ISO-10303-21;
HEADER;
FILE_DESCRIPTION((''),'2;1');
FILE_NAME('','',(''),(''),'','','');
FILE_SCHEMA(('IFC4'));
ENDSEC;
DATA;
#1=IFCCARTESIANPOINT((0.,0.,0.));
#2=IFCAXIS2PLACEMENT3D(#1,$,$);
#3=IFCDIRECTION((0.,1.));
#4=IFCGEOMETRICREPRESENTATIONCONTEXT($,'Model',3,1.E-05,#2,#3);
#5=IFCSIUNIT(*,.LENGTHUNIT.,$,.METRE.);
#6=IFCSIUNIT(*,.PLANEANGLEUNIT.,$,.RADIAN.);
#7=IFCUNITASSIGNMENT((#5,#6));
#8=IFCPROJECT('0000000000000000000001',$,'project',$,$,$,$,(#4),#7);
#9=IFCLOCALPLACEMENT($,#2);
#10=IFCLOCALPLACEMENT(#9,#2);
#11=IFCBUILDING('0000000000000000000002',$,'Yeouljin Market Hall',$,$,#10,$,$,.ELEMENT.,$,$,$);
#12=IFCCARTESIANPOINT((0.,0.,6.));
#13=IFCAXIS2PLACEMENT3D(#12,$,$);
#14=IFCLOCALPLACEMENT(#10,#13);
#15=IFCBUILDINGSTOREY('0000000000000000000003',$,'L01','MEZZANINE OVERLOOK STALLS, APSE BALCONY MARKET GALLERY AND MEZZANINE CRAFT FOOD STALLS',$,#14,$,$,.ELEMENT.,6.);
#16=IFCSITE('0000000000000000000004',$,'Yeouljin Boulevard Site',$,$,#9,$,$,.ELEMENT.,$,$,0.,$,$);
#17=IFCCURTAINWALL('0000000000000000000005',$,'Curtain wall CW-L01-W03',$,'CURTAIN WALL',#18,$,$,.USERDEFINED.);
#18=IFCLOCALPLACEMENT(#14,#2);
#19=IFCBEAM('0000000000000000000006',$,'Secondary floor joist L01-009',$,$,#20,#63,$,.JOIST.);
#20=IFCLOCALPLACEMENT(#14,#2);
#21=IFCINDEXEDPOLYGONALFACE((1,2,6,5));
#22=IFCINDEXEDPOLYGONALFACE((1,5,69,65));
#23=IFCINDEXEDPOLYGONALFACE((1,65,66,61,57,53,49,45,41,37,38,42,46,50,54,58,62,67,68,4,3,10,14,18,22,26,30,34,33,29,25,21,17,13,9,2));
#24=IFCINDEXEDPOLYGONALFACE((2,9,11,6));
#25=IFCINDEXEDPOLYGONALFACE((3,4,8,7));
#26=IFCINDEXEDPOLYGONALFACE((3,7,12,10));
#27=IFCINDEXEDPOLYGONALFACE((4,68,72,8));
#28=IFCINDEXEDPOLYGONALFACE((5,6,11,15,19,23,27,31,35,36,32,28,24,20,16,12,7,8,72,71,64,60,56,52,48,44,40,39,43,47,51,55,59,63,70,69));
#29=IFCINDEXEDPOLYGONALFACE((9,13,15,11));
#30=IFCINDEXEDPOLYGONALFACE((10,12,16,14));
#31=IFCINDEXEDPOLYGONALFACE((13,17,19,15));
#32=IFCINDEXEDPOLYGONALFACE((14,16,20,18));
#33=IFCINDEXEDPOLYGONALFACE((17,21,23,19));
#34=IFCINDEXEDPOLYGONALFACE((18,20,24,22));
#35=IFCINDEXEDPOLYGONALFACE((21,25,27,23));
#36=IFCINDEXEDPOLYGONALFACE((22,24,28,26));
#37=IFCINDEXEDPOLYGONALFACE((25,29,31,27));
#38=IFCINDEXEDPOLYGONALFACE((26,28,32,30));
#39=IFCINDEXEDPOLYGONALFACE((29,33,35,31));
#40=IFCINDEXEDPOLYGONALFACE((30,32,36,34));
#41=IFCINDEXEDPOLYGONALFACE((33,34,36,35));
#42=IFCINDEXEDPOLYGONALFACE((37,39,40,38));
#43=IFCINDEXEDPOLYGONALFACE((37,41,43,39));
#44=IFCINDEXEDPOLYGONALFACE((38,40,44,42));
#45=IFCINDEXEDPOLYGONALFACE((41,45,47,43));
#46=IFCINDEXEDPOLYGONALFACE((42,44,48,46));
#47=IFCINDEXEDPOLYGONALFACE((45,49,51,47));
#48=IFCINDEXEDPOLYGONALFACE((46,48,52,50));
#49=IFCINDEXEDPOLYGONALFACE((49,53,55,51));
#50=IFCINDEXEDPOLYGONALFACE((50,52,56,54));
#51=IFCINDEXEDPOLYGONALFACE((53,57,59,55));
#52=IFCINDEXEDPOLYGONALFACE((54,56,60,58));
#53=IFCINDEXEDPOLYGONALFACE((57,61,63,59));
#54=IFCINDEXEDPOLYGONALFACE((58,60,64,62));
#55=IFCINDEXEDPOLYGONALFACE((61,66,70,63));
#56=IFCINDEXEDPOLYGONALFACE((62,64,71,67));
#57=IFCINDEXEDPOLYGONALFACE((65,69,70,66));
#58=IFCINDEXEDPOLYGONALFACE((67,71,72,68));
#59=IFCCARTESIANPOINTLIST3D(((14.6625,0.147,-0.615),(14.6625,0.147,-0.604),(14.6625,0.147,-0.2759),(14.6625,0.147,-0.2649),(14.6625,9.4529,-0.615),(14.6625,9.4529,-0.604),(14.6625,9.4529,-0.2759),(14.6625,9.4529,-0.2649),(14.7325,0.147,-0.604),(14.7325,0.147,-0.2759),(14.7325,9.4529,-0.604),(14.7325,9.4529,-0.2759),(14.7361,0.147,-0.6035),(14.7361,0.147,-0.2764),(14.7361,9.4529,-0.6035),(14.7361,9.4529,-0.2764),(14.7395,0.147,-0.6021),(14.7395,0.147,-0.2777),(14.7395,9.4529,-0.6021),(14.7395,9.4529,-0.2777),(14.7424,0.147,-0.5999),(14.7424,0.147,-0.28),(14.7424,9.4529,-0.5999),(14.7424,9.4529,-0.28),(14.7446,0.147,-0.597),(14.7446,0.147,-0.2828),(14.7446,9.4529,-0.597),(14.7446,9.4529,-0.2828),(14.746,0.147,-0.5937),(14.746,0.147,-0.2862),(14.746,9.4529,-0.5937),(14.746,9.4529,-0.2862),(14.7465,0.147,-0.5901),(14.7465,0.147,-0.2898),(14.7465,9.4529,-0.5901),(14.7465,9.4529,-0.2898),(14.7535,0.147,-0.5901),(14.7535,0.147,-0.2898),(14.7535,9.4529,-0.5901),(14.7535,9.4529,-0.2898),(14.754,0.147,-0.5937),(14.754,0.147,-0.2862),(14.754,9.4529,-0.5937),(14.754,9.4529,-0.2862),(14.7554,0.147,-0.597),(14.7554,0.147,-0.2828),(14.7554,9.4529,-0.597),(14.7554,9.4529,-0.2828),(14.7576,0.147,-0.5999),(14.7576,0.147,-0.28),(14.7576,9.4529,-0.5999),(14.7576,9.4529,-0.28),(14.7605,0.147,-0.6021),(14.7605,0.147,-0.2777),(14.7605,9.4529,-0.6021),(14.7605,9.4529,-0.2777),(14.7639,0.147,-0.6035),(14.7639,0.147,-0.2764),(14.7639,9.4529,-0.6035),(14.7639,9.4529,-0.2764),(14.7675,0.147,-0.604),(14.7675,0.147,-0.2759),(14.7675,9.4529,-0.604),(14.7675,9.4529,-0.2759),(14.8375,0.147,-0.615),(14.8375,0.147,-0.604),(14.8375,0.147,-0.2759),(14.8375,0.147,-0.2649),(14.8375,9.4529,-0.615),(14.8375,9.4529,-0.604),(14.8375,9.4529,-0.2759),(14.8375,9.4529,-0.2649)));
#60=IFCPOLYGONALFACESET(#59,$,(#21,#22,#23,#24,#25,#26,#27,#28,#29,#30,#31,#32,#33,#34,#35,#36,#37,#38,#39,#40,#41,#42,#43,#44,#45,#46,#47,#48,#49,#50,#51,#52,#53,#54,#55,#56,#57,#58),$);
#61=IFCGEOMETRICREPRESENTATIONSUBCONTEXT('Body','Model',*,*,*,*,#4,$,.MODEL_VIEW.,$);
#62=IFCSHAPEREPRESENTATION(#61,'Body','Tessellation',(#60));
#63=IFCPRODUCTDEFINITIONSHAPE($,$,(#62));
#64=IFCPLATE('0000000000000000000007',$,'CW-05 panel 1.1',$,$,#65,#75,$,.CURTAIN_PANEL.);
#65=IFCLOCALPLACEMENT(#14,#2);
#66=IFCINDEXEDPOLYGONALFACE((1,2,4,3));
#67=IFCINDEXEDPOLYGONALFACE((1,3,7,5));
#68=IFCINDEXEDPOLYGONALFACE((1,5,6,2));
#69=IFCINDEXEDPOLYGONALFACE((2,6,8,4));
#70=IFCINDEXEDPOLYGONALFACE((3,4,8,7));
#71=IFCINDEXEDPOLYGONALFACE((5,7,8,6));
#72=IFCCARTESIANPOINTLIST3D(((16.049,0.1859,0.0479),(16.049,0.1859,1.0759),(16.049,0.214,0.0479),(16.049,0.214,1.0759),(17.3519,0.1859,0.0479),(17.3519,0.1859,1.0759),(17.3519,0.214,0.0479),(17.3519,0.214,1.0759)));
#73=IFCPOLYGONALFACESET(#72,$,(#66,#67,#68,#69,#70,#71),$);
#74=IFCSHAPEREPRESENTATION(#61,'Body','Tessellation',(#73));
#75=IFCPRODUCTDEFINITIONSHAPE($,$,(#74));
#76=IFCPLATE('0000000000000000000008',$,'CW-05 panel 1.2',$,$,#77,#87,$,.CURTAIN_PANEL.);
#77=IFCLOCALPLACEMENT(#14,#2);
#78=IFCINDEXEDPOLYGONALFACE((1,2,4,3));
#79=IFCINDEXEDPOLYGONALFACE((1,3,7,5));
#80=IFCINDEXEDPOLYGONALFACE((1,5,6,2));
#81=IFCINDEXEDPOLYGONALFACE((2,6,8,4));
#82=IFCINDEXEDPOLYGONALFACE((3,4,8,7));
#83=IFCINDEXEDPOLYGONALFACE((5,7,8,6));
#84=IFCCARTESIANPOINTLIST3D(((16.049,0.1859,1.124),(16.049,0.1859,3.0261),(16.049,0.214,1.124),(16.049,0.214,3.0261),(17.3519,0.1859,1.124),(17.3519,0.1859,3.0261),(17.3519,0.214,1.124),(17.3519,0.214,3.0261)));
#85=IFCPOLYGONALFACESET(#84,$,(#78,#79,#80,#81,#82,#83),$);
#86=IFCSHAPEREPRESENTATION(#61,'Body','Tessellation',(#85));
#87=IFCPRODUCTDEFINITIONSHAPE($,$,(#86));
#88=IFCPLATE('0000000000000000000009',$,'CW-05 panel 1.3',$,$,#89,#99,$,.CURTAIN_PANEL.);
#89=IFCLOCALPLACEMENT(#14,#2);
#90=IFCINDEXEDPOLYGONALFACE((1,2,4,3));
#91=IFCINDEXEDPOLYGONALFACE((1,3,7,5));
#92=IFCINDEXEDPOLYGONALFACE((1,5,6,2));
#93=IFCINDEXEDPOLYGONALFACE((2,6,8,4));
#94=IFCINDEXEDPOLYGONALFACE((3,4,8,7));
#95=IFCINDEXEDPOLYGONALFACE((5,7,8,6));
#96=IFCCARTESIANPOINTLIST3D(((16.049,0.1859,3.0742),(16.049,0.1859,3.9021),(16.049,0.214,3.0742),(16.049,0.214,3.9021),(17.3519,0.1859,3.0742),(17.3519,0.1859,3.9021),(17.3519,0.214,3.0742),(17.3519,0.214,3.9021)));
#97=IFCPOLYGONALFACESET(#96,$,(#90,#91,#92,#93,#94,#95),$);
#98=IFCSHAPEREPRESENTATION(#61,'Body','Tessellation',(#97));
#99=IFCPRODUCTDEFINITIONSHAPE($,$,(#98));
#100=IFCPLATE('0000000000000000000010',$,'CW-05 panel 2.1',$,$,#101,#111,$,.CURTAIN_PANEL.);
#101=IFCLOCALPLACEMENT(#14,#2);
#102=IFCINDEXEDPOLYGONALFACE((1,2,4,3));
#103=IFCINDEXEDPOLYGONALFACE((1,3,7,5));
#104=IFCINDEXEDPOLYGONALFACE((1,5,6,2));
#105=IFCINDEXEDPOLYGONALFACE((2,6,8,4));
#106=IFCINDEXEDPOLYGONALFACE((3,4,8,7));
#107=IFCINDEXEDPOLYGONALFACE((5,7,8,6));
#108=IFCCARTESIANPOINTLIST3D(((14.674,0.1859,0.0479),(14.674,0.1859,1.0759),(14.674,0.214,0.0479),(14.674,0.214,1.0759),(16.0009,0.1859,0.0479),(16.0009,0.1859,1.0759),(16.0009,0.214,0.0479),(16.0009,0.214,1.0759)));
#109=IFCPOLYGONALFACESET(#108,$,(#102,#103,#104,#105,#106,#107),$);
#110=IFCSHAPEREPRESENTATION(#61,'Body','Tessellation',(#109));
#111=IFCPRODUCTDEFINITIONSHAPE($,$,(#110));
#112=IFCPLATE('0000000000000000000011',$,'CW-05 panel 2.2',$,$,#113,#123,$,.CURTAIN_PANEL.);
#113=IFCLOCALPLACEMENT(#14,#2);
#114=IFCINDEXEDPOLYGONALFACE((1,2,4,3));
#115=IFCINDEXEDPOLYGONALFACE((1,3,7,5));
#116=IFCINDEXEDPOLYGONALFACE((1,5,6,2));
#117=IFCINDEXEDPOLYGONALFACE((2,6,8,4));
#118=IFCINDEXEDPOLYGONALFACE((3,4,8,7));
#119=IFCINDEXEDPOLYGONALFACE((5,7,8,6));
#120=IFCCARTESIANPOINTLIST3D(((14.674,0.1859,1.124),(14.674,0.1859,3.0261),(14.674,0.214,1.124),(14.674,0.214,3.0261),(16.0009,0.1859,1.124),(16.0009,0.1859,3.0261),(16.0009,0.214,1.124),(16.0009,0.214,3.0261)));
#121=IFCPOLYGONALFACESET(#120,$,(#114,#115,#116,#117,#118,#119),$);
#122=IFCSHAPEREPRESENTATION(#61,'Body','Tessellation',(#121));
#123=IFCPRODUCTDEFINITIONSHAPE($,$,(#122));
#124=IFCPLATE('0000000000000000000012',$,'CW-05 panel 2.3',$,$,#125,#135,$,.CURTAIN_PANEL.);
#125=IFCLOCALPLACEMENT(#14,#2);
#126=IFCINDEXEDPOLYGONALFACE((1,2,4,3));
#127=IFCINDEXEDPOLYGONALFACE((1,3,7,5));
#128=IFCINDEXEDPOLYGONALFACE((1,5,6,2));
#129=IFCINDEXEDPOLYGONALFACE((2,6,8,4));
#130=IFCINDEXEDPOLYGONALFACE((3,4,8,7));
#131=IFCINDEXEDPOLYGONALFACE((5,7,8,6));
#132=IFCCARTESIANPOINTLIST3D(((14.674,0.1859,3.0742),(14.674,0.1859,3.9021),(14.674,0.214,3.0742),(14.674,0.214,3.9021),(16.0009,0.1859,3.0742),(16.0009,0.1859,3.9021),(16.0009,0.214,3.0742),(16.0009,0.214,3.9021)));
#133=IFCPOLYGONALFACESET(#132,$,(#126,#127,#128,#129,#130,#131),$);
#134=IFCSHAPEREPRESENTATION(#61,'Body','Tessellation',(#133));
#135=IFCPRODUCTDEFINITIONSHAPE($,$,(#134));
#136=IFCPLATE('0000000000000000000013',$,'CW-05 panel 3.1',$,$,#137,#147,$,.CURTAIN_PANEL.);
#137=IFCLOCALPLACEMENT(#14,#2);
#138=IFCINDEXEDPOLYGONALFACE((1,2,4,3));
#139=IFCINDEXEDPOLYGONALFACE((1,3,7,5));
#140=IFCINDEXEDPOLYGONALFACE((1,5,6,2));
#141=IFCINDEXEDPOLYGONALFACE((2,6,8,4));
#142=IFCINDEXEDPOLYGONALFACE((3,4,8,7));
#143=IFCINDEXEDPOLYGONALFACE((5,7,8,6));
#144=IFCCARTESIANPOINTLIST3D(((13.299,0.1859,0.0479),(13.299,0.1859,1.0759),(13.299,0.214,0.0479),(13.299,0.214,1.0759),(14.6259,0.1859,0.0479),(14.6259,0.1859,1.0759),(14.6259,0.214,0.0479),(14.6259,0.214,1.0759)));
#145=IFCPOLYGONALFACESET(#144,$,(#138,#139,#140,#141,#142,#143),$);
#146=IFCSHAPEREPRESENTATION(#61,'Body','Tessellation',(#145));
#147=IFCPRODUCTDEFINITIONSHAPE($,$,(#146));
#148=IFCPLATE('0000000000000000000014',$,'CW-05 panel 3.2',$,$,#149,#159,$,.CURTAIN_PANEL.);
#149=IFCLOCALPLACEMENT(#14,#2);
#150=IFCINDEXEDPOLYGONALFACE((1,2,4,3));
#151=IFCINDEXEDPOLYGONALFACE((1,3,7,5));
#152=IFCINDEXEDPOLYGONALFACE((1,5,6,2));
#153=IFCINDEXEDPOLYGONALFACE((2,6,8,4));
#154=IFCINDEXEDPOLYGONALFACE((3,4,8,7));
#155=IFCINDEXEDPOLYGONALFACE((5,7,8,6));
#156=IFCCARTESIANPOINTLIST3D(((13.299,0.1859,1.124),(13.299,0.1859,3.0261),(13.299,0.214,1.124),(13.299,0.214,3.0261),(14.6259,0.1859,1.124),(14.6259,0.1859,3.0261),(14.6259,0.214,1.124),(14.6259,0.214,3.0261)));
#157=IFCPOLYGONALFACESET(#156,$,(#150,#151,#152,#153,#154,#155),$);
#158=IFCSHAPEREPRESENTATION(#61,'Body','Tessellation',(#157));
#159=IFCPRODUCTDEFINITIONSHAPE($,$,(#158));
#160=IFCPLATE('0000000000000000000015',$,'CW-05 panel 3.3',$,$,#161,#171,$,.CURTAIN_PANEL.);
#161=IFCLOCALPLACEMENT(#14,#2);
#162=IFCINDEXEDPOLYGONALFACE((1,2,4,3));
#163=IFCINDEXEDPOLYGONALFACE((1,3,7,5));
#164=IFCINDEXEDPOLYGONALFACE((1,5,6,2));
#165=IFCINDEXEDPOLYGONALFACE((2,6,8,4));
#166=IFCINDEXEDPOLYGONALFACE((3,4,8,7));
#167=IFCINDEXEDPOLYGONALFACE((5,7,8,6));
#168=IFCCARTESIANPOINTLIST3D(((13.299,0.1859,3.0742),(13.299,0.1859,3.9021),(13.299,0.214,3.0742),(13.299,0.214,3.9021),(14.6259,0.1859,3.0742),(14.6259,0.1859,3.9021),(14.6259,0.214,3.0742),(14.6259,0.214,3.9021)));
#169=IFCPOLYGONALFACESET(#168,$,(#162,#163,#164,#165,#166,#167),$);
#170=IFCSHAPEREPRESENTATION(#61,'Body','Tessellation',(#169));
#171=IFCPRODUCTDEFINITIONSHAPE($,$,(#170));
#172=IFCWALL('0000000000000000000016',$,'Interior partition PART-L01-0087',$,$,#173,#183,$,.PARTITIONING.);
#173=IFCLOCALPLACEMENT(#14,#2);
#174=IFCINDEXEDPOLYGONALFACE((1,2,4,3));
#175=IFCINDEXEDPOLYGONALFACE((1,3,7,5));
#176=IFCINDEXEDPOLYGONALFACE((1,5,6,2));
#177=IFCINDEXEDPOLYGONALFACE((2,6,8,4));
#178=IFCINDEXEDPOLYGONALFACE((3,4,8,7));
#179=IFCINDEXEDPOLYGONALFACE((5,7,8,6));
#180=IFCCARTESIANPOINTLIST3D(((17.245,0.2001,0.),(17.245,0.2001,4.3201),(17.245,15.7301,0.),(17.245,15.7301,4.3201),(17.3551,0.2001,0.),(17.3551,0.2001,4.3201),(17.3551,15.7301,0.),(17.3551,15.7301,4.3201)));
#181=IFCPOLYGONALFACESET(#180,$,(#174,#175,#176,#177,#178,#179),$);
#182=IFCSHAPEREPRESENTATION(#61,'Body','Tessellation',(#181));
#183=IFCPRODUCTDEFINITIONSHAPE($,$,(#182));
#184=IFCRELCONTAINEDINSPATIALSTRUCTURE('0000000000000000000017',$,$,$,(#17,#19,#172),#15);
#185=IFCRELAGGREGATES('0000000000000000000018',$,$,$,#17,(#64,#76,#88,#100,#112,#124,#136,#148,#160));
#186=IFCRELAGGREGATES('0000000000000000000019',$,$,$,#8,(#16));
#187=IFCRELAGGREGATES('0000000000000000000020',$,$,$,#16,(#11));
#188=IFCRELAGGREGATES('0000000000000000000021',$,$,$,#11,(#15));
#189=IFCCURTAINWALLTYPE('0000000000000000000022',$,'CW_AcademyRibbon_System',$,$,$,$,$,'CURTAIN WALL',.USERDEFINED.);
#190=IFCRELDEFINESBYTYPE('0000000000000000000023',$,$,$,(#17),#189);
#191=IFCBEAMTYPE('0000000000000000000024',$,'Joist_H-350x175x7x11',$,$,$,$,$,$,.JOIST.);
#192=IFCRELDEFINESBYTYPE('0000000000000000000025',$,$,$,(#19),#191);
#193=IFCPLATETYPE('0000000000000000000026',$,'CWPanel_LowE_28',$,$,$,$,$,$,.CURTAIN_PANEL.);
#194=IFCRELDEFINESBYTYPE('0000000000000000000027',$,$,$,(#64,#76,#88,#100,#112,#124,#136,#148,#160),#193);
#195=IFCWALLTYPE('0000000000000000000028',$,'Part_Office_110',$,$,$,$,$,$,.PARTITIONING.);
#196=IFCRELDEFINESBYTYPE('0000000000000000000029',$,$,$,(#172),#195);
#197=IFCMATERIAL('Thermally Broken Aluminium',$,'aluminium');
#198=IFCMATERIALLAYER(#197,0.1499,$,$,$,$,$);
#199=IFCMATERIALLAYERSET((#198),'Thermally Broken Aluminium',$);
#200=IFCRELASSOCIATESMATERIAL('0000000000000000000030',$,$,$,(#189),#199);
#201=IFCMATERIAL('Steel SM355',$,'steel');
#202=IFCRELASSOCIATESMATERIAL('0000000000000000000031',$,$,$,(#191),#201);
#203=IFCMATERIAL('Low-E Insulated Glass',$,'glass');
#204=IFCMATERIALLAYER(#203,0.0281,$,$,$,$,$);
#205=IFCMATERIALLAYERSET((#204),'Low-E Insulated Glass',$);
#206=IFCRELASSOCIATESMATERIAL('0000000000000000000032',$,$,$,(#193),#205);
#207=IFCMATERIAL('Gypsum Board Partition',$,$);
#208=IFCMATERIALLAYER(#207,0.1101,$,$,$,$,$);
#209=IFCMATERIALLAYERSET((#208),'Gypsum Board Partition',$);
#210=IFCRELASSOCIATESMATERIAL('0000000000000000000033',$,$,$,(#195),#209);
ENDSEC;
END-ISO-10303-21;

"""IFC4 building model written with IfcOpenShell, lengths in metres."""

from ifc_helpers import new_model, si_unit, direction, frame, frame_2d, origin, origin_2d, place, context, subcontext, project, spatial, rectangle, i_section, extrude, material, layer, layer_set, material_profile, profile_set, type_object, element, aggregate, save


model = new_model("IFC4")

# Units and contexts
model_context = context("Model", 3, precision=1e-05, world=origin(), true_north=direction((0.0, 1.0)))
body_context = subcontext(model_context, "Body", "Model", "MODEL_VIEW")
ifc_project = project(units=[si_unit("LENGTHUNIT", "METRE"), si_unit("PLANEANGLEUNIT", "RADIAN")], contexts=[model_context])

# Site, building, storey
site_placement = place(None, origin())
site = spatial("IfcSite", under=ifc_project, at=site_placement, Name="Yeouljin Boulevard Site", CompositionType="ELEMENT", RefElevation=0.0)
building_placement = place(site_placement, origin())
building = spatial("IfcBuilding", under=site, at=building_placement, Name="Yeouljin Market Hall", CompositionType="ELEMENT")
storey_placement = place(building_placement, frame((0.0, 0.0, 6.0)))
storey = spatial("IfcBuildingStorey", under=building, at=storey_placement, Name="L01", Description="MEZZANINE OVERLOOK STALLS, APSE BALCONY MARKET GALLERY AND MEZZANINE CRAFT FOOD STALLS", CompositionType="ELEMENT", Elevation=6.0)

# Curtain wall
ifc_material_1 = material(Name="Thermally Broken Aluminium", Category="aluminium")
ifc_layer_1 = layer(ifc_material_1, 0.1499)
ifc_layer_set_1 = layer_set([ifc_layer_1], Name="Thermally Broken Aluminium")
curtain_wall_type = type_object("IfcCurtainWallType", Name="CW_AcademyRibbon_System", ElementType="CURTAIN WALL", PredefinedType="USERDEFINED", material=ifc_layer_set_1)
curtain_wall_placement = place(storey_placement, origin())
curtain_wall = element("IfcCurtainWall", 1, at=curtain_wall_placement, inside=storey, type_object=curtain_wall_type, Name="Curtain wall CW-L01-W03", ObjectType="CURTAIN WALL", PredefinedType="USERDEFINED")

# Beam
ifc_material_2 = material(Name="Steel SM355", Category="steel")
ifc_material_profile_1 = material_profile(ifc_material_2, i_section(OverallWidth=0.175, OverallDepth=0.3501, WebThickness=0.0071, FlangeThickness=0.011, FilletRadius=0.0139, at=origin_2d()), Name="H-350x175x7x11")
ifc_profile_set_1 = profile_set([ifc_material_profile_1], Name="Steel SM355")
beam_type = type_object("IfcBeamType", Name="Joist_H-350x175x7x11", PredefinedType="JOIST", material=ifc_profile_set_1)
beam_placement = place(storey_placement, frame((14.75, 0.147, -0.4399), z_axis=(0.0, 1.0, 0.0), x_axis=(-1.0, 0.0, 0.0)))
element("IfcBeam", 2, at=beam_placement, inside=storey, type_object=beam_type, Name="Secondary floor joist L01-009", PredefinedType="JOIST", context=body_context, shape_type="SweptSolid", body=[
    extrude(i_section(OverallWidth=0.175, OverallDepth=0.3501, WebThickness=0.0071, FlangeThickness=0.011, FilletRadius=0.0139, at=origin_2d()), origin(), (0.0, 0.0, 1.0), 9.3059),
])

# Plates
ifc_material_3 = material(Name="Low-E Insulated Glass", Category="glass")
ifc_layer_2 = layer(ifc_material_3, 0.0281)
ifc_layer_set_2 = layer_set([ifc_layer_2], Name="Low-E Insulated Glass")
plate_type = type_object("IfcPlateType", Name="CWPanel_LowE_28", PredefinedType="CURTAIN_PANEL", material=ifc_layer_set_2)
plate_1_placement = place(storey_placement, frame((16.7004, 0.2, 0.0479), z_axis=(0.0, 0.0, 1.0), x_axis=(-1.0, 0.0, 0.0)))
plate_1 = element("IfcPlate", 3, at=plate_1_placement, type_object=plate_type, Name="CW-05 panel 1.1", PredefinedType="CURTAIN_PANEL", context=body_context, shape_type="SweptSolid", body=[
    extrude(rectangle(XDim=1.303, YDim=0.0281, at=origin_2d()), origin(), (0.0, 0.0, 1.0), 1.0281),
])
plate_2_placement = place(storey_placement, frame((16.7004, 0.2, 1.124), z_axis=(0.0, 0.0, 1.0), x_axis=(-1.0, 0.0, 0.0)))
plate_2 = element("IfcPlate", 4, at=plate_2_placement, type_object=plate_type, Name="CW-05 panel 1.2", PredefinedType="CURTAIN_PANEL", context=body_context, shape_type="SweptSolid", body=[
    extrude(rectangle(XDim=1.303, YDim=0.0281, at=origin_2d()), origin(), (0.0, 0.0, 1.0), 1.9021),
])
plate_3_placement = place(storey_placement, frame((16.7004, 0.2, 3.0742), z_axis=(0.0, 0.0, 1.0), x_axis=(-1.0, 0.0, 0.0)))
plate_3 = element("IfcPlate", 5, at=plate_3_placement, type_object=plate_type, Name="CW-05 panel 1.3", PredefinedType="CURTAIN_PANEL", context=body_context, shape_type="SweptSolid", body=[
    extrude(rectangle(XDim=1.303, YDim=0.0281, at=origin_2d()), origin(), (0.0, 0.0, 1.0), 0.8279),
])
plate_4_placement = place(storey_placement, frame((15.3374, 0.2, 0.0479), z_axis=(0.0, 0.0, 1.0), x_axis=(-1.0, 0.0, 0.0)))
plate_4 = element("IfcPlate", 6, at=plate_4_placement, type_object=plate_type, Name="CW-05 panel 2.1", PredefinedType="CURTAIN_PANEL", context=body_context, shape_type="SweptSolid", body=[
    extrude(rectangle(XDim=1.3269, YDim=0.0281, at=origin_2d()), origin(), (0.0, 0.0, 1.0), 1.0281),
])
plate_5_placement = place(storey_placement, frame((15.3374, 0.2, 1.124), z_axis=(0.0, 0.0, 1.0), x_axis=(-1.0, 0.0, 0.0)))
plate_5 = element("IfcPlate", 7, at=plate_5_placement, type_object=plate_type, Name="CW-05 panel 2.2", PredefinedType="CURTAIN_PANEL", context=body_context, shape_type="SweptSolid", body=[
    extrude(rectangle(XDim=1.3269, YDim=0.0281, at=origin_2d()), origin(), (0.0, 0.0, 1.0), 1.9021),
])
plate_6_placement = place(storey_placement, frame((15.3374, 0.2, 3.0742), z_axis=(0.0, 0.0, 1.0), x_axis=(-1.0, 0.0, 0.0)))
plate_6 = element("IfcPlate", 8, at=plate_6_placement, type_object=plate_type, Name="CW-05 panel 2.3", PredefinedType="CURTAIN_PANEL", context=body_context, shape_type="SweptSolid", body=[
    extrude(rectangle(XDim=1.3269, YDim=0.0281, at=origin_2d()), origin(), (0.0, 0.0, 1.0), 0.8279),
])
plate_7_placement = place(storey_placement, frame((13.9624, 0.2, 0.0479), z_axis=(0.0, 0.0, 1.0), x_axis=(-1.0, 0.0, 0.0)))
plate_7 = element("IfcPlate", 9, at=plate_7_placement, type_object=plate_type, Name="CW-05 panel 3.1", PredefinedType="CURTAIN_PANEL", context=body_context, shape_type="SweptSolid", body=[
    extrude(rectangle(XDim=1.3269, YDim=0.0281, at=origin_2d()), origin(), (0.0, 0.0, 1.0), 1.0281),
])
plate_8_placement = place(storey_placement, frame((13.9624, 0.2, 1.124), z_axis=(0.0, 0.0, 1.0), x_axis=(-1.0, 0.0, 0.0)))
plate_8 = element("IfcPlate", 10, at=plate_8_placement, type_object=plate_type, Name="CW-05 panel 3.2", PredefinedType="CURTAIN_PANEL", context=body_context, shape_type="SweptSolid", body=[
    extrude(rectangle(XDim=1.3269, YDim=0.0281, at=origin_2d()), origin(), (0.0, 0.0, 1.0), 1.9021),
])
plate_9_placement = place(storey_placement, frame((13.9624, 0.2, 3.0742), z_axis=(0.0, 0.0, 1.0), x_axis=(-1.0, 0.0, 0.0)))
plate_9 = element("IfcPlate", 11, at=plate_9_placement, type_object=plate_type, Name="CW-05 panel 3.3", PredefinedType="CURTAIN_PANEL", context=body_context, shape_type="SweptSolid", body=[
    extrude(rectangle(XDim=1.3269, YDim=0.0281, at=origin_2d()), origin(), (0.0, 0.0, 1.0), 0.8279),
])
aggregate(curtain_wall, [plate_1, plate_2, plate_3, plate_4, plate_5, plate_6, plate_7, plate_8, plate_9])

# Wall
ifc_material_4 = material(Name="Gypsum Board Partition")
ifc_layer_3 = layer(ifc_material_4, 0.1101)
ifc_layer_set_3 = layer_set([ifc_layer_3], Name="Gypsum Board Partition")
wall_type = type_object("IfcWallType", Name="Part_Office_110", PredefinedType="PARTITIONING", material=ifc_layer_set_3)
wall_placement = place(storey_placement, frame((17.3, 0.2, 0.0), z_axis=(0.0, 0.0, 1.0), x_axis=(0.0, 1.0, 0.0)))
element("IfcWall", 12, at=wall_placement, inside=storey, type_object=wall_type, Name="Interior partition PART-L01-0087", PredefinedType="PARTITIONING", context=body_context, shape_type="SweptSolid", body=[
    extrude(rectangle(XDim=15.53, YDim=0.1101, at=frame_2d((7.7651, 0.0))), origin(), (0.0, 0.0, 1.0), 4.3201),
])

save(model, "model.ifc")
